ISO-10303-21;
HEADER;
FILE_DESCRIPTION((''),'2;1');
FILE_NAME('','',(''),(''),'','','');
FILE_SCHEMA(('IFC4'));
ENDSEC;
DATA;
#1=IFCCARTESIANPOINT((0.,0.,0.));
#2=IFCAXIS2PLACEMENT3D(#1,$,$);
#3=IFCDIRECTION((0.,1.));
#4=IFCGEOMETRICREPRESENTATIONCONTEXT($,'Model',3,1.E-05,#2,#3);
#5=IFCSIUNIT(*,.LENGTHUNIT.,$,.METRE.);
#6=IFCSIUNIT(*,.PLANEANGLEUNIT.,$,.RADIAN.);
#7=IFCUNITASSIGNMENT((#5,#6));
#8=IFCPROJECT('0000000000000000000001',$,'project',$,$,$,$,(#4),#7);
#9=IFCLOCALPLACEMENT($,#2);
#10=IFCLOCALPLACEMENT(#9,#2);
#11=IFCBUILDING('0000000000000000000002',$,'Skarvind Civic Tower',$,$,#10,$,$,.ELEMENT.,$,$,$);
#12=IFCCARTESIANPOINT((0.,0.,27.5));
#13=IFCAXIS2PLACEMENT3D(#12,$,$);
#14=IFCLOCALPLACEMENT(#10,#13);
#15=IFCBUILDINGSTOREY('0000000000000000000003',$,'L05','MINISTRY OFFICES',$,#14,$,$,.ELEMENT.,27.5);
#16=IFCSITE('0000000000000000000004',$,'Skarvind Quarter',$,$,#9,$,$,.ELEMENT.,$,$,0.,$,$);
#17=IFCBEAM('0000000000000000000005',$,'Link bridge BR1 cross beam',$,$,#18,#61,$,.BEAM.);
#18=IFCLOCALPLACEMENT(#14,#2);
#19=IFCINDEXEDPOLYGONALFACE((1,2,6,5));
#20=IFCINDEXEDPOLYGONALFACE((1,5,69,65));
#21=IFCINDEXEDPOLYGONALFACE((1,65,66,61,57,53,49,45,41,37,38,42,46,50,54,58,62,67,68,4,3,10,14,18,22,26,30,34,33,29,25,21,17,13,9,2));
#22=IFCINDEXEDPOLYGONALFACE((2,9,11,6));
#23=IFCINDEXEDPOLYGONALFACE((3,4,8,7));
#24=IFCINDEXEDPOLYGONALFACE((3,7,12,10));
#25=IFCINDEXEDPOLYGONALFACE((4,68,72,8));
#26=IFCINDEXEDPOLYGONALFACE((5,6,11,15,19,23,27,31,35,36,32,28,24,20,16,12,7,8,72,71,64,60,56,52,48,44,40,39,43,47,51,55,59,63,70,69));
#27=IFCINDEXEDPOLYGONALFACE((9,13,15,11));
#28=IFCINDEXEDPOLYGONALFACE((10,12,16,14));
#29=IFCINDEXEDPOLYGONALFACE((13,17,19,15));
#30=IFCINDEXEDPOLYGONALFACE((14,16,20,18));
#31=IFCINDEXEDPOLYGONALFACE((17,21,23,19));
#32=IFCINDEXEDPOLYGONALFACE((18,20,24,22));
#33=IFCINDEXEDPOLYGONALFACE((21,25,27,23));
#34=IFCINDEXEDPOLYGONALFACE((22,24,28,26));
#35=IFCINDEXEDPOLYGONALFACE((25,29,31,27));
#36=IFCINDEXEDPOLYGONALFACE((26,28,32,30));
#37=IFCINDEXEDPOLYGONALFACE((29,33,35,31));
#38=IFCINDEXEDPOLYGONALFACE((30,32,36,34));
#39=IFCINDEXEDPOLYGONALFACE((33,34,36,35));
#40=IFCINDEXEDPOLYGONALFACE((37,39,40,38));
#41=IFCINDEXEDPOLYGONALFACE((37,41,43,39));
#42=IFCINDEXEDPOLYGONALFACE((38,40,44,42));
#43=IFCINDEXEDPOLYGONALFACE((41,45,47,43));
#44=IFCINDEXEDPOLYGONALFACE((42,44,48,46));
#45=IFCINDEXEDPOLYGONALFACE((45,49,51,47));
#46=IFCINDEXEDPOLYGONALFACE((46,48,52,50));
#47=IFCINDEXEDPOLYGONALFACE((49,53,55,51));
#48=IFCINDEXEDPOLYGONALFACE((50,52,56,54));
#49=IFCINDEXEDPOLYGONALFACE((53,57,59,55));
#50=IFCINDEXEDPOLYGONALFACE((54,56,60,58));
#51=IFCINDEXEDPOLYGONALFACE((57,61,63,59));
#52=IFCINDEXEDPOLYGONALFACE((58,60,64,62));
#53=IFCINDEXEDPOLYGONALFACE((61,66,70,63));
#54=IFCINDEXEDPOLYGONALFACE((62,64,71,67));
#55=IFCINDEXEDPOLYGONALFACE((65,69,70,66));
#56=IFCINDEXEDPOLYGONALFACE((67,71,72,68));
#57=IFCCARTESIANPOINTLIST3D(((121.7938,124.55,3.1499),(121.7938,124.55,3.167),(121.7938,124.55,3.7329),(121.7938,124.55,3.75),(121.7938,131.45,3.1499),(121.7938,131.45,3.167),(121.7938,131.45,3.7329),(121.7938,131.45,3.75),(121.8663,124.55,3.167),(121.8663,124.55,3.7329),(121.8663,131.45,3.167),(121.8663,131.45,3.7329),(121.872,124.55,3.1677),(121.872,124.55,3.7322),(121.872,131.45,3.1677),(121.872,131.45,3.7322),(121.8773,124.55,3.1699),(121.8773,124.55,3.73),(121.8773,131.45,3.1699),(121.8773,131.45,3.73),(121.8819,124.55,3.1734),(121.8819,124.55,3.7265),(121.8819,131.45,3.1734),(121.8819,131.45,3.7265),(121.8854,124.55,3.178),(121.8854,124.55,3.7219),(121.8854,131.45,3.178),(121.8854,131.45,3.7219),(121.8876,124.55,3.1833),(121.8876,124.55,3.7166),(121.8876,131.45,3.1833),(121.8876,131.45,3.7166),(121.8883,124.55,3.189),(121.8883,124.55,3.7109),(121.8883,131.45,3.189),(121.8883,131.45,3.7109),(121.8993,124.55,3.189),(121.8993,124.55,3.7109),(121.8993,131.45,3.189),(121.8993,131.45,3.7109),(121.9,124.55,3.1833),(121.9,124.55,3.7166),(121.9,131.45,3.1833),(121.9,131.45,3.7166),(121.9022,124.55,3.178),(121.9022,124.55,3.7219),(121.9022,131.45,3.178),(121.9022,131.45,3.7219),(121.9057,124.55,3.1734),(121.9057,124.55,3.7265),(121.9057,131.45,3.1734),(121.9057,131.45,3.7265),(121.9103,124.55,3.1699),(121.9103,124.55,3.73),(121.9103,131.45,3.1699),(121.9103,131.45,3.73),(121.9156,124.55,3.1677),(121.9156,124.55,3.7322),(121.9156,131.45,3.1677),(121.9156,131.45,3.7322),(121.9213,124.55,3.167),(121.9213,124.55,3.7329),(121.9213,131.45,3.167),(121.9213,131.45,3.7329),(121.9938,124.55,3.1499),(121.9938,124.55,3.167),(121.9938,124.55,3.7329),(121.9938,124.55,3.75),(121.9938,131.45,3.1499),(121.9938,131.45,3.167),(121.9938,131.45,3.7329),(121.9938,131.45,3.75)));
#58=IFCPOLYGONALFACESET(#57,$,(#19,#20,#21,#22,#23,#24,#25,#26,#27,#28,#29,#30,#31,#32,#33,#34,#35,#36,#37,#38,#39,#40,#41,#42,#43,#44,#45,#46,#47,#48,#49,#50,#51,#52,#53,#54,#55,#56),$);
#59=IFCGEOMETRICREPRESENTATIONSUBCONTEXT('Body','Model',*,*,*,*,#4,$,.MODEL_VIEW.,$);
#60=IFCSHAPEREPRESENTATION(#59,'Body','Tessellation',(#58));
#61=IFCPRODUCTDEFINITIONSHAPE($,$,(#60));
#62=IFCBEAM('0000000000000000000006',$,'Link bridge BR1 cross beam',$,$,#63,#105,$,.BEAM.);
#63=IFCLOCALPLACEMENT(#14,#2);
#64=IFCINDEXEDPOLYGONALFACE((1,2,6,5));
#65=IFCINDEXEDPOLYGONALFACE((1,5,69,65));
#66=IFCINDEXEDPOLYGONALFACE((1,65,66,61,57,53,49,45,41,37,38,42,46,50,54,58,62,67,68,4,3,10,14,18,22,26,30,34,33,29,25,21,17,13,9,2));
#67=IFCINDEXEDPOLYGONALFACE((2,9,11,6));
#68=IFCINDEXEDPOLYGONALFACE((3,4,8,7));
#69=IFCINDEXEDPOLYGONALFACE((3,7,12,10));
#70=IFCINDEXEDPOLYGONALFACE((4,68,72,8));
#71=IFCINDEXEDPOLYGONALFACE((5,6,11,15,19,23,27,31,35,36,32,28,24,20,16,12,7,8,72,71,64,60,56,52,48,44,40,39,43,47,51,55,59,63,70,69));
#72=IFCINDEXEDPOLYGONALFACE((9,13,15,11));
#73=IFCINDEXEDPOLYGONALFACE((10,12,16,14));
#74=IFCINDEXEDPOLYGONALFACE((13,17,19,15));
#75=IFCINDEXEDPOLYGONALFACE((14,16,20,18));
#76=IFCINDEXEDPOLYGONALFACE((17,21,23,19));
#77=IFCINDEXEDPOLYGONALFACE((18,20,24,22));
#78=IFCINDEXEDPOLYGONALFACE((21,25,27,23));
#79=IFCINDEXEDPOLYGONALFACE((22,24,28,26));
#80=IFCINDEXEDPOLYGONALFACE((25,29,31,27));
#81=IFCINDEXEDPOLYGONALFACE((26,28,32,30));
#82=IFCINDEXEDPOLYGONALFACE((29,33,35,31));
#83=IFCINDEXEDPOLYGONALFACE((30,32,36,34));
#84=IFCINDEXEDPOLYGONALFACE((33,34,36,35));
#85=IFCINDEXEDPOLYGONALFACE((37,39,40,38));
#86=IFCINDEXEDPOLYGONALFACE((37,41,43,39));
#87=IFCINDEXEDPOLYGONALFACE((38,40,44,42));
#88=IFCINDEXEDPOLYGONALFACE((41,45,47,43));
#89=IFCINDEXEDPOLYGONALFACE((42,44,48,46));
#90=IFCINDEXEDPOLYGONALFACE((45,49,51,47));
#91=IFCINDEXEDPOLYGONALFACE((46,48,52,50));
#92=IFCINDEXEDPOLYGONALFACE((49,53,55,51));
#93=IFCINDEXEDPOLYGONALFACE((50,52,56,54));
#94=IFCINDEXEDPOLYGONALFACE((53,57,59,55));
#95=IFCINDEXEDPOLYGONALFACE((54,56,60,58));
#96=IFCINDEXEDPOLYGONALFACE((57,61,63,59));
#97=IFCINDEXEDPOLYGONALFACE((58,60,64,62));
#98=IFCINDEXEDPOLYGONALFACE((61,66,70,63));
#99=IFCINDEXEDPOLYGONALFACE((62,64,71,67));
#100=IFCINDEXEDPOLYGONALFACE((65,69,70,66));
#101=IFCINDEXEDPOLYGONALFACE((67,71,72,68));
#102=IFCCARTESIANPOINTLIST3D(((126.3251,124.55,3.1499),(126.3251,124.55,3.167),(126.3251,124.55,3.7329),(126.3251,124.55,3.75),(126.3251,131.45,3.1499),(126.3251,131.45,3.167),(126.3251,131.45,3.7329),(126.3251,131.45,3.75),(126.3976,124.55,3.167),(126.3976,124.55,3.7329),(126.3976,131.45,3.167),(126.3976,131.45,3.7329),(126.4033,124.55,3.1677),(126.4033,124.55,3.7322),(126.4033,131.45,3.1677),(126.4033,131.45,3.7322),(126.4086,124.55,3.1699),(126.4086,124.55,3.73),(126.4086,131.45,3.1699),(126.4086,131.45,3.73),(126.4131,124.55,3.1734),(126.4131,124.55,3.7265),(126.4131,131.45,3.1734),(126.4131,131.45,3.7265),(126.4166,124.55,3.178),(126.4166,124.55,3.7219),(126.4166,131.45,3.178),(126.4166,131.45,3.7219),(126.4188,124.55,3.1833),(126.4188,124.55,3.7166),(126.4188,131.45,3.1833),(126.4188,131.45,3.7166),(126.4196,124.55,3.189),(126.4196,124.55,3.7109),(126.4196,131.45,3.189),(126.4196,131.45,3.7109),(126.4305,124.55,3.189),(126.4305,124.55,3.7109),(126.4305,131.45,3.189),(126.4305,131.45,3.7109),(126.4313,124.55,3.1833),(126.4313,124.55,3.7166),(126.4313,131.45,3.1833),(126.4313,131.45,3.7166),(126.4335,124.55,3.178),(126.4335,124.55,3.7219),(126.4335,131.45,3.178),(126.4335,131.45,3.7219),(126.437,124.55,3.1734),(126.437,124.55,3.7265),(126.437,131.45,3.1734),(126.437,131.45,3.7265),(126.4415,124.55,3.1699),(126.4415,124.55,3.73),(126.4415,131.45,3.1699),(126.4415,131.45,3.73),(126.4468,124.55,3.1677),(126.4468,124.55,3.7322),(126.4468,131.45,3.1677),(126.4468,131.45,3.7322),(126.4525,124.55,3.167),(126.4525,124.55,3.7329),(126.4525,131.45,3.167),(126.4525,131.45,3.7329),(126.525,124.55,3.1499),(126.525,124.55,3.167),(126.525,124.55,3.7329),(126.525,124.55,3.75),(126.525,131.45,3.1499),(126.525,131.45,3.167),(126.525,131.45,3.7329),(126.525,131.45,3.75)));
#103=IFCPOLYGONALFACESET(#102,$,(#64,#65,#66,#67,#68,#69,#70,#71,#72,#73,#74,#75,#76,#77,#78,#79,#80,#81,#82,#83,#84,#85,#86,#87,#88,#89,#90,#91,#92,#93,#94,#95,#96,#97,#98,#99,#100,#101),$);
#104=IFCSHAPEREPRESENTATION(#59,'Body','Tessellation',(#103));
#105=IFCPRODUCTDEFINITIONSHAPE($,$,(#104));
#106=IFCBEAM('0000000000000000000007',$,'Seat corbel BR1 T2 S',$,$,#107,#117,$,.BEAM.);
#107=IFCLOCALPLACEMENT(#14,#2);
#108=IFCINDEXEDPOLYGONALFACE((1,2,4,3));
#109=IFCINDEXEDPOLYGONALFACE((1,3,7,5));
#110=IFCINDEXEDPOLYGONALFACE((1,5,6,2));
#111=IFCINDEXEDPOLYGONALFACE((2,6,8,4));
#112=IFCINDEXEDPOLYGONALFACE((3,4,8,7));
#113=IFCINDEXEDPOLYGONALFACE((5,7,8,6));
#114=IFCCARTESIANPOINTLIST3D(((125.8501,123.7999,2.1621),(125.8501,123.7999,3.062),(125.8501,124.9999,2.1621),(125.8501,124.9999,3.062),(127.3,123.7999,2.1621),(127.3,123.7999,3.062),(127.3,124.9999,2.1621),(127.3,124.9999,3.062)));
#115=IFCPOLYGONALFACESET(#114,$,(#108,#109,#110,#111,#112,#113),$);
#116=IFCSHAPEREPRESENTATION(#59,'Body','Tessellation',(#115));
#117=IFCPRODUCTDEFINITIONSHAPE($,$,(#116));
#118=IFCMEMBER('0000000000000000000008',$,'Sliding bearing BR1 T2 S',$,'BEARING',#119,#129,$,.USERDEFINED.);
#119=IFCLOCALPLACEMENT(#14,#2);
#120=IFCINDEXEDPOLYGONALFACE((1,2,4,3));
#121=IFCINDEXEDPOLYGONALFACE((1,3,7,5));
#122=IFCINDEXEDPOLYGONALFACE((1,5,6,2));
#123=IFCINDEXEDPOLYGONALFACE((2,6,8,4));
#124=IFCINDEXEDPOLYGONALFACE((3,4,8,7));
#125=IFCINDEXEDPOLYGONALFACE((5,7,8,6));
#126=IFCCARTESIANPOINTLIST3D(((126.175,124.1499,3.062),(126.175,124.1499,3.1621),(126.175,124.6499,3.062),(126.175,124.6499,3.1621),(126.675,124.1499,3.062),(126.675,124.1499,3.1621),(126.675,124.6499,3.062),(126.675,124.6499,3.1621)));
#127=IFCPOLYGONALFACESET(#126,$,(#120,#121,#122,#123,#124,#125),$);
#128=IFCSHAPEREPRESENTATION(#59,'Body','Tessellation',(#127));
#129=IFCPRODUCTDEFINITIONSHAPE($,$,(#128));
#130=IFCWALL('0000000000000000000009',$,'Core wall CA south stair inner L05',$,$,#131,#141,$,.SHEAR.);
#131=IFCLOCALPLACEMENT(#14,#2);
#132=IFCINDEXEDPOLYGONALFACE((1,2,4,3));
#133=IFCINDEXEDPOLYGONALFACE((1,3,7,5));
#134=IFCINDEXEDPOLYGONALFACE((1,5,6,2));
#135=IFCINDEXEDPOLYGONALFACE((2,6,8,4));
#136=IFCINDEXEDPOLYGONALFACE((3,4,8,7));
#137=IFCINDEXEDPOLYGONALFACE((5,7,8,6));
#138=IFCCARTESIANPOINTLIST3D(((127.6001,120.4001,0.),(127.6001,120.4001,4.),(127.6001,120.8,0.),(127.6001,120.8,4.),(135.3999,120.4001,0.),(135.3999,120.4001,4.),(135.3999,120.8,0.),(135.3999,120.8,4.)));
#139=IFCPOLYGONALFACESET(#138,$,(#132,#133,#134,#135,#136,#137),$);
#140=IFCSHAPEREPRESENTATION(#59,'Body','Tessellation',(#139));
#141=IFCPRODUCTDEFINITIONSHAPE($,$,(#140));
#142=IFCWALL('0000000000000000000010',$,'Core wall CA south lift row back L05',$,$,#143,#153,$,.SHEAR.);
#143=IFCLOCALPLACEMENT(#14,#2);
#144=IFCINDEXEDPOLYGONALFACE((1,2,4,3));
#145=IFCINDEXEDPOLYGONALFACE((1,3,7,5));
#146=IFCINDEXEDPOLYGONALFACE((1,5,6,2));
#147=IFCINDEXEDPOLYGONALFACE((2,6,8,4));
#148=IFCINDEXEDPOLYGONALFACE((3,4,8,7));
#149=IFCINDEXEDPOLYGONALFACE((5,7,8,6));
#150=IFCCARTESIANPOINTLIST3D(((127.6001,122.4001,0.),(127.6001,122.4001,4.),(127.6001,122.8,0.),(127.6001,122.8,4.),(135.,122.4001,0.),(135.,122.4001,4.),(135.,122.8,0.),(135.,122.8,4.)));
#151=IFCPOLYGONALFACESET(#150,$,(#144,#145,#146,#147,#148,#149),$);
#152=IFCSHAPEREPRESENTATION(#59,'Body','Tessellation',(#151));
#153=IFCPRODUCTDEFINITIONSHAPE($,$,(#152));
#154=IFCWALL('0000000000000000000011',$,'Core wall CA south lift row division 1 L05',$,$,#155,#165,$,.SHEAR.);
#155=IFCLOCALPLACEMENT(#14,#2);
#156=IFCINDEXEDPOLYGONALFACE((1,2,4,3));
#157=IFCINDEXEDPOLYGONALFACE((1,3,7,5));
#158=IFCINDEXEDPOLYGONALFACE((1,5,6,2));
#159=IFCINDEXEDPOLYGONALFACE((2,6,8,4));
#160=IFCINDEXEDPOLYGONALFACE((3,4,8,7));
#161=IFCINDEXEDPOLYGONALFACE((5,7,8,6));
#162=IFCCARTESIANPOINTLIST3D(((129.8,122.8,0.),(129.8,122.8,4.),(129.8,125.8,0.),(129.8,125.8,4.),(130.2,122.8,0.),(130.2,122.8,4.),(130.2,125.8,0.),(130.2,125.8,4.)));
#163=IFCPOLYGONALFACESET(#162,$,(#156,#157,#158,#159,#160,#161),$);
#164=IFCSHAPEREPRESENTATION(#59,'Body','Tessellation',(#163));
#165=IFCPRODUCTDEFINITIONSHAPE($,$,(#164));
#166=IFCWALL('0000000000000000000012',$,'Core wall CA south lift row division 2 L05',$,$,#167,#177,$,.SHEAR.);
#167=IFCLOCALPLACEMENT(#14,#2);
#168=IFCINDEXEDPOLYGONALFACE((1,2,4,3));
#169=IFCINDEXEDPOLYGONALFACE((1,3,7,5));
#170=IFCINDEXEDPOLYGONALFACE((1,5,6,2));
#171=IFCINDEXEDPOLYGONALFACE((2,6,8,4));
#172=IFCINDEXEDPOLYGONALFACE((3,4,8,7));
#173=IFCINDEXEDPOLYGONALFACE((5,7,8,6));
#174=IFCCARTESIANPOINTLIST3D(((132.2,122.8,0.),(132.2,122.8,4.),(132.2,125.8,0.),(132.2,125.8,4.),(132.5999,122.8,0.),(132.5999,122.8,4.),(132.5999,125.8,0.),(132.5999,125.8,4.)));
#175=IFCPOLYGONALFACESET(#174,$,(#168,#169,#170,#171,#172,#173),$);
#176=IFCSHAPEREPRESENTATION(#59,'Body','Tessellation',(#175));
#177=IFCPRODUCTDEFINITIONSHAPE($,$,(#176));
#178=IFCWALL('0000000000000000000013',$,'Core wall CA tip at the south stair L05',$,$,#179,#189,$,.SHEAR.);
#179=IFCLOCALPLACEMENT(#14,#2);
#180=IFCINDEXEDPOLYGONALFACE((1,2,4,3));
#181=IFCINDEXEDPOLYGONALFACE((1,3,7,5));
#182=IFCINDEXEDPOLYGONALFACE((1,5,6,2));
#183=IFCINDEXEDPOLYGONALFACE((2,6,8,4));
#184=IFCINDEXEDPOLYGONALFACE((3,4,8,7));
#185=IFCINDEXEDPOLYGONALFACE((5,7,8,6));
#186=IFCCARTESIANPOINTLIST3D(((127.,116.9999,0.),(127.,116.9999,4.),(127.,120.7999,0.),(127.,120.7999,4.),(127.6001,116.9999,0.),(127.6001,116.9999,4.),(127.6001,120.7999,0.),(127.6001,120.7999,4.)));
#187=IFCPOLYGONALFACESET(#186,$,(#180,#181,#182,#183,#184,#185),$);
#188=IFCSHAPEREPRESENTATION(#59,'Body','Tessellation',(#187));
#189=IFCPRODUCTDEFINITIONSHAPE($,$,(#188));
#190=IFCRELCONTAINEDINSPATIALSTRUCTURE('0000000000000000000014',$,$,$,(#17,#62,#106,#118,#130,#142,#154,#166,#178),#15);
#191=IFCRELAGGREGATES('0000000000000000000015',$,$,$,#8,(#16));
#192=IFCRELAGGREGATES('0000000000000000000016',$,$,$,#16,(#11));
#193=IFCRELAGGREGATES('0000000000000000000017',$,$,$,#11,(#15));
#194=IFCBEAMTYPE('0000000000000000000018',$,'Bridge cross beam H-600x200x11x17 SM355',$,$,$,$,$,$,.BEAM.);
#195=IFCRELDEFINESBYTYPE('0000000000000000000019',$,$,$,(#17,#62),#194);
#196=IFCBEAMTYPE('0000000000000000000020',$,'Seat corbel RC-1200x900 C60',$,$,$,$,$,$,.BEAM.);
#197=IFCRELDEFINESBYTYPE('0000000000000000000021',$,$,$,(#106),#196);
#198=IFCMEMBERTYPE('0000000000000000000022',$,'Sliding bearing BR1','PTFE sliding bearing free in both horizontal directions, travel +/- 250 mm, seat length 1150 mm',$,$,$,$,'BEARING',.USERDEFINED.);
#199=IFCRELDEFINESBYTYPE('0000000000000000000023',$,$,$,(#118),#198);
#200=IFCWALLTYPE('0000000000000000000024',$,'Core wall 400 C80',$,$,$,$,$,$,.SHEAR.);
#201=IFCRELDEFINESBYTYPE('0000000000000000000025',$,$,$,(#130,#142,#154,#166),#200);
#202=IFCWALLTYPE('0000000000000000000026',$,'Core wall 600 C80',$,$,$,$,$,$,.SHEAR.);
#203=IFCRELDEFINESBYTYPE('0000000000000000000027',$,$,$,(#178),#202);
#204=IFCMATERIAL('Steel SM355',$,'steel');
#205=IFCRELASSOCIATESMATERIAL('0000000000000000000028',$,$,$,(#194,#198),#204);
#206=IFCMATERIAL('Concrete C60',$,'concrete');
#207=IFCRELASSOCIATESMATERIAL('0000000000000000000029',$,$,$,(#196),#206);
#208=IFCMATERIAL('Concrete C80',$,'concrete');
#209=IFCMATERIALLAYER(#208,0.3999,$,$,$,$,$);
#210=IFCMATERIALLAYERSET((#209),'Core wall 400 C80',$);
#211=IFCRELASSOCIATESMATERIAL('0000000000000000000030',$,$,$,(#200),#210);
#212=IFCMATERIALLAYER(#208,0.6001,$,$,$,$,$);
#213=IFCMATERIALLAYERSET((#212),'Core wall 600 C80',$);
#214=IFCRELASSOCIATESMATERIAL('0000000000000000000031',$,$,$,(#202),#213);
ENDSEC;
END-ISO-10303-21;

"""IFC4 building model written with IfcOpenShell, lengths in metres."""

from ifc_helpers import new_model, si_unit, direction, frame, frame_2d, origin, origin_2d, place, context, subcontext, project, spatial, rectangle, i_section, extrude, material, layer, layer_set, material_profile, profile_set, type_object, element, save


model = new_model("IFC4")

# Units and contexts
model_context = context("Model", 3, precision=1e-05, world=origin(), true_north=direction((0.0, 1.0)))
body_context = subcontext(model_context, "Body", "Model", "MODEL_VIEW")
ifc_project = project(units=[si_unit("LENGTHUNIT", "METRE"), si_unit("PLANEANGLEUNIT", "RADIAN")], contexts=[model_context])

# Site, building, storey
site_placement = place(None, origin())
site = spatial("IfcSite", under=ifc_project, at=site_placement, Name="Skarvind Quarter", CompositionType="ELEMENT", RefElevation=0.0)
building_placement = place(site_placement, origin())
building = spatial("IfcBuilding", under=site, at=building_placement, Name="Skarvind Civic Tower", CompositionType="ELEMENT")
storey_placement = place(building_placement, frame((0.0, 0.0, 27.5)))
storey = spatial("IfcBuildingStorey", under=building, at=storey_placement, Name="L05", Description="MINISTRY OFFICES", CompositionType="ELEMENT", Elevation=27.5)

# Shared definitions
ifc_material_1 = material(Name="Concrete C60", Category="concrete")

# Shared definitions
ifc_material_2 = material(Name="Steel SM355", Category="steel")

# Beams
ifc_material_profile_1 = material_profile(ifc_material_2, i_section(OverallWidth=0.2, OverallDepth=0.6001, WebThickness=0.011, FlangeThickness=0.0171, FilletRadius=0.022, at=origin_2d()), Name="H-600x200x11x17")
ifc_profile_set_1 = profile_set([ifc_material_profile_1], Name="Steel SM355")
beam_type_1 = type_object("IfcBeamType", Name="Bridge cross beam H-600x200x11x17 SM355", PredefinedType="BEAM", material=ifc_profile_set_1)
for number, where, z_axis, x_axis, name in (
    (1, (121.8938, 124.55, 3.45), (0.0, 1.0, 0.0), (-1.0, 0.0, 0.0), "Link bridge BR1 cross beam"),
    (2, (126.425, 124.55, 3.45), (0.0, 1.0, 0.0), (-1.0, 0.0, 0.0), "Link bridge BR1 cross beam"),
):
    element("IfcBeam", number, at=place(storey_placement, frame(where, z_axis=z_axis, x_axis=x_axis)), inside=storey, type_object=beam_type_1, Name=name, PredefinedType="BEAM", context=body_context, shape_type="SweptSolid", body=[
        extrude(i_section(OverallWidth=0.2, OverallDepth=0.6001, WebThickness=0.011, FlangeThickness=0.0171, FilletRadius=0.022, at=origin_2d()), origin(), (0.0, 0.0, 1.0), 6.8999),
    ])
ifc_material_profile_2 = material_profile(ifc_material_1, rectangle(XDim=1.2, YDim=0.8999, at=origin_2d()), Name="RC-1200x900")
ifc_profile_set_2 = profile_set([ifc_material_profile_2], Name="Concrete C60")
beam_type_2 = type_object("IfcBeamType", Name="Seat corbel RC-1200x900 C60", PredefinedType="BEAM", material=ifc_profile_set_2)
beam_placement = place(storey_placement, frame((125.8501, 124.3999, 2.6121), z_axis=(1.0, 0.0, 0.0), x_axis=(0.0, 1.0, 0.0)))
element("IfcBeam", 3, at=beam_placement, inside=storey, type_object=beam_type_2, Name="Seat corbel BR1 T2 S", PredefinedType="BEAM", context=body_context, shape_type="SweptSolid", body=[
    extrude(rectangle(XDim=1.2, YDim=0.8999, at=origin_2d()), origin(), (0.0, 0.0, 1.0), 1.45),
])

# Member
member_type_1 = type_object("IfcMemberType", Name="Sliding bearing BR1", Description="PTFE sliding bearing free in both horizontal directions, travel +/- 250 mm, seat length 1150 mm", ElementType="BEARING", PredefinedType="USERDEFINED", material=ifc_material_2)
member_placement = place(storey_placement, frame((126.425, 124.3999, 3.062), z_axis=(0.0, 0.0, 1.0), x_axis=(1.0, 0.0, 0.0)))
element("IfcMember", 4, at=member_placement, inside=storey, type_object=member_type_1, Name="Sliding bearing BR1 T2 S", ObjectType="BEARING", PredefinedType="USERDEFINED", context=body_context, shape_type="SweptSolid", body=[
    extrude(rectangle(XDim=0.5, YDim=0.5, at=origin_2d()), origin(), (0.0, 0.0, 1.0), 0.1001),
])

# Walls
ifc_material_3 = material(Name="Concrete C80", Category="concrete")
ifc_layer_1 = layer(ifc_material_3, 0.3999)
ifc_layer_set_1 = layer_set([ifc_layer_1], Name="Core wall 400 C80")
wall_type_1 = type_object("IfcWallType", Name="Core wall 400 C80", PredefinedType="SHEAR", material=ifc_layer_set_1)
wall_1_placement = place(storey_placement, frame((127.6001, 120.6001, 0.0), z_axis=(0.0, 0.0, 1.0), x_axis=(1.0, 0.0, 0.0)))
element("IfcWall", 5, at=wall_1_placement, inside=storey, type_object=wall_type_1, Name="Core wall CA south stair inner L05", PredefinedType="SHEAR", context=body_context, shape_type="SweptSolid", body=[
    extrude(rectangle(XDim=7.7998, YDim=0.3999, at=frame_2d((3.8999, 0.0))), origin(), (0.0, 0.0, 1.0), 4.0),
])
wall_2_placement = place(storey_placement, frame((127.6001, 122.6001, 0.0), z_axis=(0.0, 0.0, 1.0), x_axis=(1.0, 0.0, 0.0)))
element("IfcWall", 6, at=wall_2_placement, inside=storey, type_object=wall_type_1, Name="Core wall CA south lift row back L05", PredefinedType="SHEAR", context=body_context, shape_type="SweptSolid", body=[
    extrude(rectangle(XDim=7.3999, YDim=0.3999, at=frame_2d((3.7, 0.0))), origin(), (0.0, 0.0, 1.0), 4.0),
])
for number, where, z_axis, x_axis, name in (
    (7, (130.0, 122.8, 0.0), (0.0, 0.0, 1.0), (0.0, 1.0, 0.0), "Core wall CA south lift row division 1 L05"),
    (8, (132.3999, 122.8, 0.0), (0.0, 0.0, 1.0), (0.0, 1.0, 0.0), "Core wall CA south lift row division 2 L05"),
):
    element("IfcWall", number, at=place(storey_placement, frame(where, z_axis=z_axis, x_axis=x_axis)), inside=storey, type_object=wall_type_1, Name=name, PredefinedType="SHEAR", context=body_context, shape_type="SweptSolid", body=[
        extrude(rectangle(XDim=3.0, YDim=0.3999, at=frame_2d((1.5, 0.0))), origin(), (0.0, 0.0, 1.0), 4.0),
    ])
ifc_layer_2 = layer(ifc_material_3, 0.6001)
ifc_layer_set_2 = layer_set([ifc_layer_2], Name="Core wall 600 C80")
wall_type_2 = type_object("IfcWallType", Name="Core wall 600 C80", PredefinedType="SHEAR", material=ifc_layer_set_2)
wall_3_placement = place(storey_placement, frame((127.3, 117.0, 0.0), z_axis=(0.0, 0.0, 1.0), x_axis=(0.0, 1.0, 0.0)))
element("IfcWall", 9, at=wall_3_placement, inside=storey, type_object=wall_type_2, Name="Core wall CA tip at the south stair L05", PredefinedType="SHEAR", context=body_context, shape_type="SweptSolid", body=[
    extrude(rectangle(XDim=3.8, YDim=0.6001, at=frame_2d((1.8999, 0.0))), origin(), (0.0, 0.0, 1.0), 4.0),
])

save(model, "model.ifc")
